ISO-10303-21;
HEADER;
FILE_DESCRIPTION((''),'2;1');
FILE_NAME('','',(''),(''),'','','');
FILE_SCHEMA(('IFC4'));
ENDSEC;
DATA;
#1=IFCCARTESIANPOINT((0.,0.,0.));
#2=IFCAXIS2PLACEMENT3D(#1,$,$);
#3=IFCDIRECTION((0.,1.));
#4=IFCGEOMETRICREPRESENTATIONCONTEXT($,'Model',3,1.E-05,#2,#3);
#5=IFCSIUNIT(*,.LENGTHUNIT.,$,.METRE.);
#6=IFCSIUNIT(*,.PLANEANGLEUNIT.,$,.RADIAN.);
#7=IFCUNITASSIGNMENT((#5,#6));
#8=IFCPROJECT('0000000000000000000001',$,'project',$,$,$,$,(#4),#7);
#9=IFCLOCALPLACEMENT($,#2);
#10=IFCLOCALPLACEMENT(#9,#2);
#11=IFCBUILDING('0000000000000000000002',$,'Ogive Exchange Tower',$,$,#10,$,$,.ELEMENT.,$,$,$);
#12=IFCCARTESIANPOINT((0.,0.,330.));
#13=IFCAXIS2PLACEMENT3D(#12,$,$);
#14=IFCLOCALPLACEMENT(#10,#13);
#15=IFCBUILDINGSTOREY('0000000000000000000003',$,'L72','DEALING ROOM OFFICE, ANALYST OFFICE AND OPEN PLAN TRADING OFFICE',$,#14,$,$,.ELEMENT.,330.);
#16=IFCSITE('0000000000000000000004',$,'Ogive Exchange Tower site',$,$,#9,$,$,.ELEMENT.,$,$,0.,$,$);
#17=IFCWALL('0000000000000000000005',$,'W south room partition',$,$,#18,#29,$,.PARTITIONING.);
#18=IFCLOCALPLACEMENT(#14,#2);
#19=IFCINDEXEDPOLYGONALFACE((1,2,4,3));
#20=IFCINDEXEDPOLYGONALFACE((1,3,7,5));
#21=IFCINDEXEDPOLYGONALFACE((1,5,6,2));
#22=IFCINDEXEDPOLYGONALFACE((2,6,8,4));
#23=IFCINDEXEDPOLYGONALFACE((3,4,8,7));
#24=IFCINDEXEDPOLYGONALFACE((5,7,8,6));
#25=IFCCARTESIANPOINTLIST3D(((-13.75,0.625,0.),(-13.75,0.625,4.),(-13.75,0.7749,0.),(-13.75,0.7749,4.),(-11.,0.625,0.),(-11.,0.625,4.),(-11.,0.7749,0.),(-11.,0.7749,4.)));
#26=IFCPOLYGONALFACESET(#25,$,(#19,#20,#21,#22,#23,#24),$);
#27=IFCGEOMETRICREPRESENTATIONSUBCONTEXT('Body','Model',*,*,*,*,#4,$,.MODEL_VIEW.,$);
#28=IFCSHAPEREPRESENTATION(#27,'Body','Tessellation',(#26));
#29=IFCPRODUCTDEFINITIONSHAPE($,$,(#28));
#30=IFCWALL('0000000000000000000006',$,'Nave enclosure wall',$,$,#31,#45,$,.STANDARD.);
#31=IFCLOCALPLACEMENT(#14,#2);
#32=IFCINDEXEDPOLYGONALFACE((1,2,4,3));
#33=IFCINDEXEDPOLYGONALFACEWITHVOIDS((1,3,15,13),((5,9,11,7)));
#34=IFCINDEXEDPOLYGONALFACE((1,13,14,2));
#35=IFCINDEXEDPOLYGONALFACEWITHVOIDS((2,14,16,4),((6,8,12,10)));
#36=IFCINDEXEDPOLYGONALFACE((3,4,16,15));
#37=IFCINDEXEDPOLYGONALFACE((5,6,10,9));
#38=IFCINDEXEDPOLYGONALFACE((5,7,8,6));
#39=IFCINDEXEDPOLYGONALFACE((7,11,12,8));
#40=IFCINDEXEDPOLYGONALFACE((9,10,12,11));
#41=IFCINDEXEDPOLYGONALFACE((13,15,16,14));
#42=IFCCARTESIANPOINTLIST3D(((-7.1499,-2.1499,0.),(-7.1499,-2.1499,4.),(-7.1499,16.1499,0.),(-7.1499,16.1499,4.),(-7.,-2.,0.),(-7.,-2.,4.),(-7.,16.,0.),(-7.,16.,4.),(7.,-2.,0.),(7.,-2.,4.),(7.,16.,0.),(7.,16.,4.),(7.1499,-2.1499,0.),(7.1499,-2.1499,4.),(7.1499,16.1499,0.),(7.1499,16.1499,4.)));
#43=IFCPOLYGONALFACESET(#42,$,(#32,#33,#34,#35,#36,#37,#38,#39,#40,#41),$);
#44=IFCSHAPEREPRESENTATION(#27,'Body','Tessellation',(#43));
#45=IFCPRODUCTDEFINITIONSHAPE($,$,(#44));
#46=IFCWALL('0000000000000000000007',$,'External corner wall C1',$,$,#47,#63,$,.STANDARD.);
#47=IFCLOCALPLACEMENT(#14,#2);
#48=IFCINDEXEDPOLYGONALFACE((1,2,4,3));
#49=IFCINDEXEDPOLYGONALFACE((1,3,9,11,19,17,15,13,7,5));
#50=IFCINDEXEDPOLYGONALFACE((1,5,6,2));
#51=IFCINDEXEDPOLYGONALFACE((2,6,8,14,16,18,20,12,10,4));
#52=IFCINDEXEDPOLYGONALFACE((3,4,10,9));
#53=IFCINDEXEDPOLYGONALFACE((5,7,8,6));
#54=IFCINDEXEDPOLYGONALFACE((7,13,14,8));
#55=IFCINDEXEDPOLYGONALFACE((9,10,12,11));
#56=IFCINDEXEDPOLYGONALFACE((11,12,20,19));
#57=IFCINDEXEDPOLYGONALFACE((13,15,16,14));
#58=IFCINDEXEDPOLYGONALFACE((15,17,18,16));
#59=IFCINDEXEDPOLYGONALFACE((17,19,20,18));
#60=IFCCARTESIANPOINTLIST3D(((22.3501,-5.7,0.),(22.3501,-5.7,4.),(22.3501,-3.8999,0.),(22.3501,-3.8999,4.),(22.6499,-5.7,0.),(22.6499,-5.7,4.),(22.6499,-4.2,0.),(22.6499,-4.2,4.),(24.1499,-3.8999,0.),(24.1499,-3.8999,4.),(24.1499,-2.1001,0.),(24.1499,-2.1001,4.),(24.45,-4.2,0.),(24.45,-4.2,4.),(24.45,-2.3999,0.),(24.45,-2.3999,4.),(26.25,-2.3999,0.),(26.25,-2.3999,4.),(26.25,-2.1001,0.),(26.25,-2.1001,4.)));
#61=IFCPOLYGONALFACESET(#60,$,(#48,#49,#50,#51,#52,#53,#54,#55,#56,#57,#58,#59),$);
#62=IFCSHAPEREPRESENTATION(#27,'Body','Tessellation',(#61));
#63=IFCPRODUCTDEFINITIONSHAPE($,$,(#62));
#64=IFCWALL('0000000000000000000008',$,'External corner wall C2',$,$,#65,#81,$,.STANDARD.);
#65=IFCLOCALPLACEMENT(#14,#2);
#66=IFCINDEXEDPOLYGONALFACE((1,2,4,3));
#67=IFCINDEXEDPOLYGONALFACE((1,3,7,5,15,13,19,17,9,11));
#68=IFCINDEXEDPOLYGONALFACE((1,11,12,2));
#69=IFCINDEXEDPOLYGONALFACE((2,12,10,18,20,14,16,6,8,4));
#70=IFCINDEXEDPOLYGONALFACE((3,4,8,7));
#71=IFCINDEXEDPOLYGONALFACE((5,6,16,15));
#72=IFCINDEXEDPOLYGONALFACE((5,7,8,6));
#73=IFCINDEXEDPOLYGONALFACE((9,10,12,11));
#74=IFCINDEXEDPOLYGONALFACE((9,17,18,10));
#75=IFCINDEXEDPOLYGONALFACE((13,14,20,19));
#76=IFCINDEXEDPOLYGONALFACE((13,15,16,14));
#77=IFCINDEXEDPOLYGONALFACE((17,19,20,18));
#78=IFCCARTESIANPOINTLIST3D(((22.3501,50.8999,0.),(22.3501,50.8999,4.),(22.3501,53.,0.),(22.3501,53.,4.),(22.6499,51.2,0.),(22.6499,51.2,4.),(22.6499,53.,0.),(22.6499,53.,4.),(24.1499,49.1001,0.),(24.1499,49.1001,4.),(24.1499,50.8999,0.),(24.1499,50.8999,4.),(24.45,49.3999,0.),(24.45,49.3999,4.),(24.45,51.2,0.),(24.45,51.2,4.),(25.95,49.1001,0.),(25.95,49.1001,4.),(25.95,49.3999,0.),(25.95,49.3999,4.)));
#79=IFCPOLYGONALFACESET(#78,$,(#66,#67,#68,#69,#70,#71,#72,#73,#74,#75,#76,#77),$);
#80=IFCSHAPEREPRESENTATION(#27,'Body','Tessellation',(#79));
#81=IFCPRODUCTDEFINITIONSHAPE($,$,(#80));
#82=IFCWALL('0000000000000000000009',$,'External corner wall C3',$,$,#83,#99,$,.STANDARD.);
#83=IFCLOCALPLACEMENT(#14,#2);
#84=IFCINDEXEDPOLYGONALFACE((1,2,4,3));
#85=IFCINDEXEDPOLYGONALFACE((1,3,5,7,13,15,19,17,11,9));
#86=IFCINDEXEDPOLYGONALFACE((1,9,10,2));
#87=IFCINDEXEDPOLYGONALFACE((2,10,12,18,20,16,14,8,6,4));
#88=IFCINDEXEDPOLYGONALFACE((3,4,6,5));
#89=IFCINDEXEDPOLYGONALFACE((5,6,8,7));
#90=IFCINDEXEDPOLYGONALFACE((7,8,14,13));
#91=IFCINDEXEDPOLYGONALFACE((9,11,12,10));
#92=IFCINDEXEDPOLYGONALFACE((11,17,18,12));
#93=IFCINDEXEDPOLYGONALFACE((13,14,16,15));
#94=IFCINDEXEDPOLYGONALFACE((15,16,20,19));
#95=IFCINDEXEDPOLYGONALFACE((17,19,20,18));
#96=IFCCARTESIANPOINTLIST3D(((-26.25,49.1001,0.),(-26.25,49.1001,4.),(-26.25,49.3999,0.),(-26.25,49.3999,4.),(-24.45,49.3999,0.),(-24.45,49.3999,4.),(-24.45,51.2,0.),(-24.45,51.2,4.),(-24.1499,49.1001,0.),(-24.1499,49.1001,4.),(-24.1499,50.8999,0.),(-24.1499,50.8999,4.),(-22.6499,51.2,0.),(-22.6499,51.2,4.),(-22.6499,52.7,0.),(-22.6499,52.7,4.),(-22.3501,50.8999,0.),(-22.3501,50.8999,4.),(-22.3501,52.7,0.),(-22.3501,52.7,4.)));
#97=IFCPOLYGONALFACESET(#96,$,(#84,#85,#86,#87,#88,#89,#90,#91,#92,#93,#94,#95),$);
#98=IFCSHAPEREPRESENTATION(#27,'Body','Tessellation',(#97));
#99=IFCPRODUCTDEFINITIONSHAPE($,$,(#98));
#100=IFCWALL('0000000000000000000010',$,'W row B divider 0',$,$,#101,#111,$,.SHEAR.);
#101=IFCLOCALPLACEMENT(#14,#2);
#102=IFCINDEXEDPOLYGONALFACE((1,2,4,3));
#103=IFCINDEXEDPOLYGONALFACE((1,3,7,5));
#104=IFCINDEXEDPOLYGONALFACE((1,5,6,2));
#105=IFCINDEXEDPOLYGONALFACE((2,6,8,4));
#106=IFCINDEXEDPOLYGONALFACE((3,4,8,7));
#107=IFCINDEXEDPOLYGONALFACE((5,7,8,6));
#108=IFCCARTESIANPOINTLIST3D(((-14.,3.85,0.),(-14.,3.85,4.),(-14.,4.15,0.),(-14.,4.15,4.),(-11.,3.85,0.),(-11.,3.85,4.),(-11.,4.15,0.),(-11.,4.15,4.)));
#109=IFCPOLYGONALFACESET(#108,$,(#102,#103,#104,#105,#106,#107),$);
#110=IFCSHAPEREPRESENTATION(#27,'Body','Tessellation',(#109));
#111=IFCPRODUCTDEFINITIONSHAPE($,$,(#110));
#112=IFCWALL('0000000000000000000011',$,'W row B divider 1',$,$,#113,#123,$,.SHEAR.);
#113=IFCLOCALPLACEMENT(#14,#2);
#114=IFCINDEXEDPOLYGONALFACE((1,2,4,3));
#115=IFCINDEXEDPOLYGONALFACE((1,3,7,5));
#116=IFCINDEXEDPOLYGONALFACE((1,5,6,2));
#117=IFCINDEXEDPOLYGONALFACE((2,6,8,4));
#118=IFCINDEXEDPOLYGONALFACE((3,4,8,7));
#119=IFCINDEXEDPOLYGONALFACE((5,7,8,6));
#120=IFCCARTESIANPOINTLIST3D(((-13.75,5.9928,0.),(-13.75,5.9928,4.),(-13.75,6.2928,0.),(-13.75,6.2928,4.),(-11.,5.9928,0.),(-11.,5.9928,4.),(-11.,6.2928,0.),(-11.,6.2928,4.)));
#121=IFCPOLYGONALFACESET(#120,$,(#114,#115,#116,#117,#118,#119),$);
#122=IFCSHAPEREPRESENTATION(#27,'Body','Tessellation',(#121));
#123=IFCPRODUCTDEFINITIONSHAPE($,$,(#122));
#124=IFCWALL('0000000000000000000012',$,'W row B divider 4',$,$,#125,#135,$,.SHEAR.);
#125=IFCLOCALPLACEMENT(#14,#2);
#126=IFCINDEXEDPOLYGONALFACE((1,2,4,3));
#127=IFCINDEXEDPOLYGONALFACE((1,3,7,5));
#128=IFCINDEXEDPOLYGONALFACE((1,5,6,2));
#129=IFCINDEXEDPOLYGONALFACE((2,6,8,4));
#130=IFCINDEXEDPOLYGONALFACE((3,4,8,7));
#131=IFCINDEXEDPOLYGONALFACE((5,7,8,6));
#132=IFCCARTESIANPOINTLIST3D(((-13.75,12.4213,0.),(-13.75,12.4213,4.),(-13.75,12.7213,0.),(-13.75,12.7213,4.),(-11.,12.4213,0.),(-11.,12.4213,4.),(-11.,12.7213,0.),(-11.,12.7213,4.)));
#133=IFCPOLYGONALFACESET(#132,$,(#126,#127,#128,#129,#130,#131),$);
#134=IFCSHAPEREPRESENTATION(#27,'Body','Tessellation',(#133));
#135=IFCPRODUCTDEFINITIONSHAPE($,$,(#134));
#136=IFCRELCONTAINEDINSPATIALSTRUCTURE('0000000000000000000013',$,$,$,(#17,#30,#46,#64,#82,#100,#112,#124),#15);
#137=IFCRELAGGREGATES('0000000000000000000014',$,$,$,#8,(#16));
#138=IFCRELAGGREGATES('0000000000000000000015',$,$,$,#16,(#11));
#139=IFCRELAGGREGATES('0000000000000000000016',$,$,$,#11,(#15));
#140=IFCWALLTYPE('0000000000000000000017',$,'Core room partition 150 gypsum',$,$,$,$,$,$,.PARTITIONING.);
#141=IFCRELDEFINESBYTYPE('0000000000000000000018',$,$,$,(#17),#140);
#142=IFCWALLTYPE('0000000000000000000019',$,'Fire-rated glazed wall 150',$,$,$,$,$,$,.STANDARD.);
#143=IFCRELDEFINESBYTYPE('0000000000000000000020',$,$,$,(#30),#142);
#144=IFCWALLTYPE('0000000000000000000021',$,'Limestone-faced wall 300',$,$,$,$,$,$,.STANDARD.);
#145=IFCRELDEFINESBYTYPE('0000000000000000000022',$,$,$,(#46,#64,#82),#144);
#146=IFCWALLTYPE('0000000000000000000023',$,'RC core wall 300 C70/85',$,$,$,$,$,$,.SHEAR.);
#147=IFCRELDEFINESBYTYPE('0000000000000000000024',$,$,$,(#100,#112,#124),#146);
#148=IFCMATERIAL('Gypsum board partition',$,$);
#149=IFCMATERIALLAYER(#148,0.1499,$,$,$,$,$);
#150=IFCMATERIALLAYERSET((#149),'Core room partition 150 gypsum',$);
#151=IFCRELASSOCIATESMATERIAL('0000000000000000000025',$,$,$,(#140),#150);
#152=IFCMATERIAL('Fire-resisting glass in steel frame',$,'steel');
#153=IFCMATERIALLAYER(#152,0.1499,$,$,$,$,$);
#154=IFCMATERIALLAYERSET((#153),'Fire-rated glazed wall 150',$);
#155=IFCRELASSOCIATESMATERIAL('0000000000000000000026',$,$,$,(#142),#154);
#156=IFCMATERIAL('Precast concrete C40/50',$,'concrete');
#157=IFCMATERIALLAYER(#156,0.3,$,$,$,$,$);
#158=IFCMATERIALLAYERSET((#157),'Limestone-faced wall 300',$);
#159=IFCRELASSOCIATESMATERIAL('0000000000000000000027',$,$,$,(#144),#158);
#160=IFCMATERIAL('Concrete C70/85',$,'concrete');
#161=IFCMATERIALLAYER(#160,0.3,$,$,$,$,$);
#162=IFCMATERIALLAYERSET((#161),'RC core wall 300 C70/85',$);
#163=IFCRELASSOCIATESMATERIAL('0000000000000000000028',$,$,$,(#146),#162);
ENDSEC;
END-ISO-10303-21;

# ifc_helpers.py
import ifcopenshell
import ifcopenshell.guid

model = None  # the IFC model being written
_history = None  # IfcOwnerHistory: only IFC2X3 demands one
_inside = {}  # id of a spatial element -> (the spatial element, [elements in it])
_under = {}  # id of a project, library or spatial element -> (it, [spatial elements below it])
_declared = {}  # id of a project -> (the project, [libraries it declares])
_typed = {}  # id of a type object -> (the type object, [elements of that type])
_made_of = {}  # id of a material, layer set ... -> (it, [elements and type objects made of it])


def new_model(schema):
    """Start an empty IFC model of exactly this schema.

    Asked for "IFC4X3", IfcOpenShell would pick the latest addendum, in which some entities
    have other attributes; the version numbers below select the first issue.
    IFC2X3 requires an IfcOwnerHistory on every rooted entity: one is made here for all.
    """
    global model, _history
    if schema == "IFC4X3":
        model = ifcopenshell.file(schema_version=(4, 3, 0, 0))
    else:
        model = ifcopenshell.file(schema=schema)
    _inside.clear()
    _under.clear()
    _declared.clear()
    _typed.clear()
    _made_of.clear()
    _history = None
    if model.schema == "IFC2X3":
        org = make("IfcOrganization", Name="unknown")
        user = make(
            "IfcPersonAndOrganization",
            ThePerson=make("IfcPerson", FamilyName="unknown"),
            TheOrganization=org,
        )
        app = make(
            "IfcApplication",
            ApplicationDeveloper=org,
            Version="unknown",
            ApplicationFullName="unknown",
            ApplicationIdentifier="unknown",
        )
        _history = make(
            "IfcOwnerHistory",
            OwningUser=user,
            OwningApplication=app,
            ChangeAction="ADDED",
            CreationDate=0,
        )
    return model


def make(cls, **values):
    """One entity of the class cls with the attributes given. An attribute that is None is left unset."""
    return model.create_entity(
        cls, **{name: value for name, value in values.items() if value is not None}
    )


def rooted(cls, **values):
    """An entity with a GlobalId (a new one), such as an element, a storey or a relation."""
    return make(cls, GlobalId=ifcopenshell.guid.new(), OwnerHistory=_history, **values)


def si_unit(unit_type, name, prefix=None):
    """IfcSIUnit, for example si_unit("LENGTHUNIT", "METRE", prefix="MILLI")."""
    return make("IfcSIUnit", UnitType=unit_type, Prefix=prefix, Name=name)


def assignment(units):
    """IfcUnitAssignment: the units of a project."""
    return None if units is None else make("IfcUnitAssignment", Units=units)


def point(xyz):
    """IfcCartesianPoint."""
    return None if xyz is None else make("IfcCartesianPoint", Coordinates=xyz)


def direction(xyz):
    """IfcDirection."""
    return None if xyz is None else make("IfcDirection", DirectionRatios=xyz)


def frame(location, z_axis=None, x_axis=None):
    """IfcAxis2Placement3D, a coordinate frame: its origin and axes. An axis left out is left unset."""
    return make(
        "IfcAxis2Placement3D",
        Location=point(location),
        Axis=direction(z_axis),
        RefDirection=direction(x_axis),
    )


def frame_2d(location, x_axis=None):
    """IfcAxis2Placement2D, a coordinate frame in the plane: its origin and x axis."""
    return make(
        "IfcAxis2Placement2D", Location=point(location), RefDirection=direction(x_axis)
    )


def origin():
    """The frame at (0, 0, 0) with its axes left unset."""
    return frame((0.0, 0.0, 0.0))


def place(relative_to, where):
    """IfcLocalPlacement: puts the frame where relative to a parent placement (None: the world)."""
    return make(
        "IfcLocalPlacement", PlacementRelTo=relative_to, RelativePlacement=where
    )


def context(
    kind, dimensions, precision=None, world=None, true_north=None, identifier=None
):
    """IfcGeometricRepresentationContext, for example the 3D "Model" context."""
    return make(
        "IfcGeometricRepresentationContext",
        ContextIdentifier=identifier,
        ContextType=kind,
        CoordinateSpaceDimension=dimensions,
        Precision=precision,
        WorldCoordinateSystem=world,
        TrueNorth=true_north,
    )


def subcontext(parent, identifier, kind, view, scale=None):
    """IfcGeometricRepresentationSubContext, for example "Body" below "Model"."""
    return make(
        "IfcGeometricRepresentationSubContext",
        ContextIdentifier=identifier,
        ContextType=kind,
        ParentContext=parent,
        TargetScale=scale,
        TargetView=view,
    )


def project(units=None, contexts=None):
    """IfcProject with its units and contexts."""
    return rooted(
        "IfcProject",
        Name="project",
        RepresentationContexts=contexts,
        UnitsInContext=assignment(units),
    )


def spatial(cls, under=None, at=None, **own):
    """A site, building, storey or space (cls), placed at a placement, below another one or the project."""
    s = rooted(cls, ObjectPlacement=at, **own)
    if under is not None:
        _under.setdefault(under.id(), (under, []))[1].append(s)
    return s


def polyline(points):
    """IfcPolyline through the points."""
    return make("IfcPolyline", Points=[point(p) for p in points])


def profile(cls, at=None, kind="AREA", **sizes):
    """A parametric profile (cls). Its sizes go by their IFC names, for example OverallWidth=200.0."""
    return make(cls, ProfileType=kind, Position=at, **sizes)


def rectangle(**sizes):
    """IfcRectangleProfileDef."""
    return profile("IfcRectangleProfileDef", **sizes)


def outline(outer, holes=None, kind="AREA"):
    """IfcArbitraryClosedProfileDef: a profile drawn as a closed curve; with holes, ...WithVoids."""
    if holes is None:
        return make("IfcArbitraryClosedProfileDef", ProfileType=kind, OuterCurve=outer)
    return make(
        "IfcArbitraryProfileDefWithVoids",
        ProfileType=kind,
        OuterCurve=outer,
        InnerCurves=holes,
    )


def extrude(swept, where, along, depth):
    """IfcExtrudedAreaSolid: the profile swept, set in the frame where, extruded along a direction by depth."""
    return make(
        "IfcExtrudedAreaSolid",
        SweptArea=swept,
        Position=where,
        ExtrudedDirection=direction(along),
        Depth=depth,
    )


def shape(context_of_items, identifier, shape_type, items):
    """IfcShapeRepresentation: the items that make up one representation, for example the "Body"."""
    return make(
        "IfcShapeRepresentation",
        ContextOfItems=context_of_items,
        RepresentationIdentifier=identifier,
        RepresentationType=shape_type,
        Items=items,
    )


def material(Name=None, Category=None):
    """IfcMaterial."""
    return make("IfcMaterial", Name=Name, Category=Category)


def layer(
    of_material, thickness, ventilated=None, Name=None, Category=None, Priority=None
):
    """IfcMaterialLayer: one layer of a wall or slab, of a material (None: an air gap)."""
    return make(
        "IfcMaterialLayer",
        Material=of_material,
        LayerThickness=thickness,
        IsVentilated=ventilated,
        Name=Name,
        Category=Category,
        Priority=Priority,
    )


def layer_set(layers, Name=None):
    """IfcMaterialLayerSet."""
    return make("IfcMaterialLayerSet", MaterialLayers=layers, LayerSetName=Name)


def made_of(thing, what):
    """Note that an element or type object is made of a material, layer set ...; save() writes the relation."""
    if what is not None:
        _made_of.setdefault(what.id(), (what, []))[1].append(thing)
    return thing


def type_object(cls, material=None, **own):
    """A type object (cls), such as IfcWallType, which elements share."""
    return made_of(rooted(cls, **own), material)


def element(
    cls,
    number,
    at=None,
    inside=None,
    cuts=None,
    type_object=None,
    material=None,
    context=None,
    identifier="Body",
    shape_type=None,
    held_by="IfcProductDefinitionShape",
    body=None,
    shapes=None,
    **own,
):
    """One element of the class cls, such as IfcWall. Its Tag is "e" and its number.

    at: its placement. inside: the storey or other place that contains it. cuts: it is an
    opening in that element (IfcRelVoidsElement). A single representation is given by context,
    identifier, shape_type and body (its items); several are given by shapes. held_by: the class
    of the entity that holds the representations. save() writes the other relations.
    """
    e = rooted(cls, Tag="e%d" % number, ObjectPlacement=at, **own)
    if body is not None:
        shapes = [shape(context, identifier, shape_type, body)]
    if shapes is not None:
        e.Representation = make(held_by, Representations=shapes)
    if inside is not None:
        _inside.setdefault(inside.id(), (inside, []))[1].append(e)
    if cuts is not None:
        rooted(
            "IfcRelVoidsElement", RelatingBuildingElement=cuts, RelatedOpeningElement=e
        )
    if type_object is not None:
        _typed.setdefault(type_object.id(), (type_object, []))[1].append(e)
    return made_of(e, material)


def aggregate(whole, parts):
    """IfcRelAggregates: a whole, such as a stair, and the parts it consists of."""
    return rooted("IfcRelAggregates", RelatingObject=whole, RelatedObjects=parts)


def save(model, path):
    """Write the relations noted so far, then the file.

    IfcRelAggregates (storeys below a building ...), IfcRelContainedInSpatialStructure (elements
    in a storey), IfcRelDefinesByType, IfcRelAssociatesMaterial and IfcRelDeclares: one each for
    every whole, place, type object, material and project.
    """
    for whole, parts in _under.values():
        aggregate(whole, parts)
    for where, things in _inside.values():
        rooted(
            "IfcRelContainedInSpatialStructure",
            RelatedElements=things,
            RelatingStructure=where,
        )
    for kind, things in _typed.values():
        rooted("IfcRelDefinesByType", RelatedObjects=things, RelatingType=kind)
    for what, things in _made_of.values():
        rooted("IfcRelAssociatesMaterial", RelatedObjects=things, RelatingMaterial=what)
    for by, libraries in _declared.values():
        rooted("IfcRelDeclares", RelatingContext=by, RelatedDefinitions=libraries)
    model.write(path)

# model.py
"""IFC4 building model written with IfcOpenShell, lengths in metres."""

from ifc_helpers import new_model, si_unit, direction, frame, frame_2d, origin, place, context, subcontext, project, spatial, polyline, rectangle, outline, extrude, material, layer, layer_set, type_object, element, save


model = new_model("IFC4")

# Units and contexts
model_context = context("Model", 3, precision=1e-05, world=origin(), true_north=direction((0.0, 1.0)))
body_context = subcontext(model_context, "Body", "Model", "MODEL_VIEW")
ifc_project = project(units=[si_unit("LENGTHUNIT", "METRE"), si_unit("PLANEANGLEUNIT", "RADIAN")], contexts=[model_context])

# Site, building, storey
site_placement = place(None, origin())
site = spatial("IfcSite", under=ifc_project, at=site_placement, Name="Ogive Exchange Tower site", CompositionType="ELEMENT", RefElevation=0.0)
building_placement = place(site_placement, origin())
building = spatial("IfcBuilding", under=site, at=building_placement, Name="Ogive Exchange Tower", CompositionType="ELEMENT")
storey_placement = place(building_placement, frame((0.0, 0.0, 330.0)))
storey = spatial("IfcBuildingStorey", under=building, at=storey_placement, Name="L72", Description="DEALING ROOM OFFICE, ANALYST OFFICE AND OPEN PLAN TRADING OFFICE", CompositionType="ELEMENT", Elevation=330.0)

# Walls
ifc_material_1 = material(Name="Gypsum board partition")
ifc_layer_1 = layer(ifc_material_1, 0.1499)
ifc_layer_set_1 = layer_set([ifc_layer_1], Name="Core room partition 150 gypsum")
wall_type_1 = type_object("IfcWallType", Name="Core room partition 150 gypsum", PredefinedType="PARTITIONING", material=ifc_layer_set_1)
wall_1_placement = place(storey_placement, frame((-13.75, 0.7, 0.0), z_axis=(0.0, 0.0, 1.0), x_axis=(1.0, 0.0, 0.0)))
element("IfcWall", 1, at=wall_1_placement, inside=storey, type_object=wall_type_1, Name="W south room partition", PredefinedType="PARTITIONING", context=body_context, shape_type="SweptSolid", body=[
    extrude(rectangle(XDim=2.75, YDim=0.1499, at=frame_2d((1.375, 0.0))), origin(), (0.0, 0.0, 1.0), 4.0),
])
ifc_material_2 = material(Name="Fire-resisting glass in steel frame", Category="steel")
ifc_layer_2 = layer(ifc_material_2, 0.1499)
ifc_layer_set_2 = layer_set([ifc_layer_2], Name="Fire-rated glazed wall 150")
wall_type_2 = type_object("IfcWallType", Name="Fire-rated glazed wall 150", PredefinedType="STANDARD", material=ifc_layer_set_2)
wall_2_placement = place(storey_placement, origin())
element("IfcWall", 2, at=wall_2_placement, inside=storey, type_object=wall_type_2, Name="Nave enclosure wall", PredefinedType="STANDARD", context=body_context, shape_type="SweptSolid", body=[
    extrude(outline(polyline([(-7.1499, -2.1499), (7.1499, -2.1499), (7.1499, 16.1499), (-7.1499, 16.1499), (-7.1499, -2.1499)]), holes=[polyline([(-7.0, -2.0), (-7.0, 16.0), (7.0, 16.0), (7.0, -2.0), (-7.0, -2.0)])]), origin(), (0.0, 0.0, 1.0), 4.0),
])
ifc_material_3 = material(Name="Precast concrete C40/50", Category="concrete")
ifc_layer_3 = layer(ifc_material_3, 0.3)
ifc_layer_set_3 = layer_set([ifc_layer_3], Name="Limestone-faced wall 300")
wall_type_3 = type_object("IfcWallType", Name="Limestone-faced wall 300", PredefinedType="STANDARD", material=ifc_layer_set_3)
wall_3_placement = place(storey_placement, origin())
element("IfcWall", 3, at=wall_3_placement, inside=storey, type_object=wall_type_3, Name="External corner wall C1", PredefinedType="STANDARD", context=body_context, shape_type="SweptSolid", body=[
    extrude(outline(polyline([(24.1499, -3.8999), (24.1499, -2.1001), (26.25, -2.1001), (26.25, -2.3999), (24.45, -2.3999), (24.45, -4.2), (22.6499, -4.2), (22.6499, -5.7), (22.3501, -5.7), (22.3501, -3.8999), (24.1499, -3.8999)])), origin(), (0.0, 0.0, 1.0), 4.0),
])
wall_4_placement = place(storey_placement, origin())
element("IfcWall", 4, at=wall_4_placement, inside=storey, type_object=wall_type_3, Name="External corner wall C2", PredefinedType="STANDARD", context=body_context, shape_type="SweptSolid", body=[
    extrude(outline(polyline([(24.1499, 50.8999), (22.3501, 50.8999), (22.3501, 53.0), (22.6499, 53.0), (22.6499, 51.2), (24.45, 51.2), (24.45, 49.3999), (25.95, 49.3999), (25.95, 49.1001), (24.1499, 49.1001), (24.1499, 50.8999)])), origin(), (0.0, 0.0, 1.0), 4.0),
])
wall_5_placement = place(storey_placement, origin())
element("IfcWall", 5, at=wall_5_placement, inside=storey, type_object=wall_type_3, Name="External corner wall C3", PredefinedType="STANDARD", context=body_context, shape_type="SweptSolid", body=[
    extrude(outline(polyline([(-24.45, 49.3999), (-24.45, 51.2), (-22.6499, 51.2), (-22.6499, 52.7), (-22.3501, 52.7), (-22.3501, 50.8999), (-24.1499, 50.8999), (-24.1499, 49.1001), (-26.25, 49.1001), (-26.25, 49.3999), (-24.45, 49.3999)])), origin(), (0.0, 0.0, 1.0), 4.0),
])
ifc_material_4 = material(Name="Concrete C70/85", Category="concrete")
ifc_layer_4 = layer(ifc_material_4, 0.3)
ifc_layer_set_4 = layer_set([ifc_layer_4], Name="RC core wall 300 C70/85")
wall_type_4 = type_object("IfcWallType", Name="RC core wall 300 C70/85", PredefinedType="SHEAR", material=ifc_layer_set_4)
wall_6_placement = place(storey_placement, frame((-14.0, 4.0, 0.0), z_axis=(0.0, 0.0, 1.0), x_axis=(1.0, 0.0, 0.0)))
element("IfcWall", 6, at=wall_6_placement, inside=storey, type_object=wall_type_4, Name="W row B divider 0", PredefinedType="SHEAR", context=body_context, shape_type="SweptSolid", body=[
    extrude(rectangle(XDim=3.0, YDim=0.3, at=frame_2d((1.5, 0.0))), origin(), (0.0, 0.0, 1.0), 4.0),
])
for number, where, z_axis, x_axis, name in (
    (7, (-13.75, 6.1428, 0.0), (0.0, 0.0, 1.0), (1.0, 0.0, 0.0), "W row B divider 1"),
    (8, (-13.75, 12.5713, 0.0), (0.0, 0.0, 1.0), (1.0, 0.0, 0.0), "W row B divider 4"),
):
    element("IfcWall", number, at=place(storey_placement, frame(where, z_axis=z_axis, x_axis=x_axis)), inside=storey, type_object=wall_type_4, Name=name, PredefinedType="SHEAR", context=body_context, shape_type="SweptSolid", body=[
        extrude(rectangle(XDim=2.75, YDim=0.3, at=frame_2d((1.375, 0.0))), origin(), (0.0, 0.0, 1.0), 4.0),
    ])

save(model, "model.ifc")
